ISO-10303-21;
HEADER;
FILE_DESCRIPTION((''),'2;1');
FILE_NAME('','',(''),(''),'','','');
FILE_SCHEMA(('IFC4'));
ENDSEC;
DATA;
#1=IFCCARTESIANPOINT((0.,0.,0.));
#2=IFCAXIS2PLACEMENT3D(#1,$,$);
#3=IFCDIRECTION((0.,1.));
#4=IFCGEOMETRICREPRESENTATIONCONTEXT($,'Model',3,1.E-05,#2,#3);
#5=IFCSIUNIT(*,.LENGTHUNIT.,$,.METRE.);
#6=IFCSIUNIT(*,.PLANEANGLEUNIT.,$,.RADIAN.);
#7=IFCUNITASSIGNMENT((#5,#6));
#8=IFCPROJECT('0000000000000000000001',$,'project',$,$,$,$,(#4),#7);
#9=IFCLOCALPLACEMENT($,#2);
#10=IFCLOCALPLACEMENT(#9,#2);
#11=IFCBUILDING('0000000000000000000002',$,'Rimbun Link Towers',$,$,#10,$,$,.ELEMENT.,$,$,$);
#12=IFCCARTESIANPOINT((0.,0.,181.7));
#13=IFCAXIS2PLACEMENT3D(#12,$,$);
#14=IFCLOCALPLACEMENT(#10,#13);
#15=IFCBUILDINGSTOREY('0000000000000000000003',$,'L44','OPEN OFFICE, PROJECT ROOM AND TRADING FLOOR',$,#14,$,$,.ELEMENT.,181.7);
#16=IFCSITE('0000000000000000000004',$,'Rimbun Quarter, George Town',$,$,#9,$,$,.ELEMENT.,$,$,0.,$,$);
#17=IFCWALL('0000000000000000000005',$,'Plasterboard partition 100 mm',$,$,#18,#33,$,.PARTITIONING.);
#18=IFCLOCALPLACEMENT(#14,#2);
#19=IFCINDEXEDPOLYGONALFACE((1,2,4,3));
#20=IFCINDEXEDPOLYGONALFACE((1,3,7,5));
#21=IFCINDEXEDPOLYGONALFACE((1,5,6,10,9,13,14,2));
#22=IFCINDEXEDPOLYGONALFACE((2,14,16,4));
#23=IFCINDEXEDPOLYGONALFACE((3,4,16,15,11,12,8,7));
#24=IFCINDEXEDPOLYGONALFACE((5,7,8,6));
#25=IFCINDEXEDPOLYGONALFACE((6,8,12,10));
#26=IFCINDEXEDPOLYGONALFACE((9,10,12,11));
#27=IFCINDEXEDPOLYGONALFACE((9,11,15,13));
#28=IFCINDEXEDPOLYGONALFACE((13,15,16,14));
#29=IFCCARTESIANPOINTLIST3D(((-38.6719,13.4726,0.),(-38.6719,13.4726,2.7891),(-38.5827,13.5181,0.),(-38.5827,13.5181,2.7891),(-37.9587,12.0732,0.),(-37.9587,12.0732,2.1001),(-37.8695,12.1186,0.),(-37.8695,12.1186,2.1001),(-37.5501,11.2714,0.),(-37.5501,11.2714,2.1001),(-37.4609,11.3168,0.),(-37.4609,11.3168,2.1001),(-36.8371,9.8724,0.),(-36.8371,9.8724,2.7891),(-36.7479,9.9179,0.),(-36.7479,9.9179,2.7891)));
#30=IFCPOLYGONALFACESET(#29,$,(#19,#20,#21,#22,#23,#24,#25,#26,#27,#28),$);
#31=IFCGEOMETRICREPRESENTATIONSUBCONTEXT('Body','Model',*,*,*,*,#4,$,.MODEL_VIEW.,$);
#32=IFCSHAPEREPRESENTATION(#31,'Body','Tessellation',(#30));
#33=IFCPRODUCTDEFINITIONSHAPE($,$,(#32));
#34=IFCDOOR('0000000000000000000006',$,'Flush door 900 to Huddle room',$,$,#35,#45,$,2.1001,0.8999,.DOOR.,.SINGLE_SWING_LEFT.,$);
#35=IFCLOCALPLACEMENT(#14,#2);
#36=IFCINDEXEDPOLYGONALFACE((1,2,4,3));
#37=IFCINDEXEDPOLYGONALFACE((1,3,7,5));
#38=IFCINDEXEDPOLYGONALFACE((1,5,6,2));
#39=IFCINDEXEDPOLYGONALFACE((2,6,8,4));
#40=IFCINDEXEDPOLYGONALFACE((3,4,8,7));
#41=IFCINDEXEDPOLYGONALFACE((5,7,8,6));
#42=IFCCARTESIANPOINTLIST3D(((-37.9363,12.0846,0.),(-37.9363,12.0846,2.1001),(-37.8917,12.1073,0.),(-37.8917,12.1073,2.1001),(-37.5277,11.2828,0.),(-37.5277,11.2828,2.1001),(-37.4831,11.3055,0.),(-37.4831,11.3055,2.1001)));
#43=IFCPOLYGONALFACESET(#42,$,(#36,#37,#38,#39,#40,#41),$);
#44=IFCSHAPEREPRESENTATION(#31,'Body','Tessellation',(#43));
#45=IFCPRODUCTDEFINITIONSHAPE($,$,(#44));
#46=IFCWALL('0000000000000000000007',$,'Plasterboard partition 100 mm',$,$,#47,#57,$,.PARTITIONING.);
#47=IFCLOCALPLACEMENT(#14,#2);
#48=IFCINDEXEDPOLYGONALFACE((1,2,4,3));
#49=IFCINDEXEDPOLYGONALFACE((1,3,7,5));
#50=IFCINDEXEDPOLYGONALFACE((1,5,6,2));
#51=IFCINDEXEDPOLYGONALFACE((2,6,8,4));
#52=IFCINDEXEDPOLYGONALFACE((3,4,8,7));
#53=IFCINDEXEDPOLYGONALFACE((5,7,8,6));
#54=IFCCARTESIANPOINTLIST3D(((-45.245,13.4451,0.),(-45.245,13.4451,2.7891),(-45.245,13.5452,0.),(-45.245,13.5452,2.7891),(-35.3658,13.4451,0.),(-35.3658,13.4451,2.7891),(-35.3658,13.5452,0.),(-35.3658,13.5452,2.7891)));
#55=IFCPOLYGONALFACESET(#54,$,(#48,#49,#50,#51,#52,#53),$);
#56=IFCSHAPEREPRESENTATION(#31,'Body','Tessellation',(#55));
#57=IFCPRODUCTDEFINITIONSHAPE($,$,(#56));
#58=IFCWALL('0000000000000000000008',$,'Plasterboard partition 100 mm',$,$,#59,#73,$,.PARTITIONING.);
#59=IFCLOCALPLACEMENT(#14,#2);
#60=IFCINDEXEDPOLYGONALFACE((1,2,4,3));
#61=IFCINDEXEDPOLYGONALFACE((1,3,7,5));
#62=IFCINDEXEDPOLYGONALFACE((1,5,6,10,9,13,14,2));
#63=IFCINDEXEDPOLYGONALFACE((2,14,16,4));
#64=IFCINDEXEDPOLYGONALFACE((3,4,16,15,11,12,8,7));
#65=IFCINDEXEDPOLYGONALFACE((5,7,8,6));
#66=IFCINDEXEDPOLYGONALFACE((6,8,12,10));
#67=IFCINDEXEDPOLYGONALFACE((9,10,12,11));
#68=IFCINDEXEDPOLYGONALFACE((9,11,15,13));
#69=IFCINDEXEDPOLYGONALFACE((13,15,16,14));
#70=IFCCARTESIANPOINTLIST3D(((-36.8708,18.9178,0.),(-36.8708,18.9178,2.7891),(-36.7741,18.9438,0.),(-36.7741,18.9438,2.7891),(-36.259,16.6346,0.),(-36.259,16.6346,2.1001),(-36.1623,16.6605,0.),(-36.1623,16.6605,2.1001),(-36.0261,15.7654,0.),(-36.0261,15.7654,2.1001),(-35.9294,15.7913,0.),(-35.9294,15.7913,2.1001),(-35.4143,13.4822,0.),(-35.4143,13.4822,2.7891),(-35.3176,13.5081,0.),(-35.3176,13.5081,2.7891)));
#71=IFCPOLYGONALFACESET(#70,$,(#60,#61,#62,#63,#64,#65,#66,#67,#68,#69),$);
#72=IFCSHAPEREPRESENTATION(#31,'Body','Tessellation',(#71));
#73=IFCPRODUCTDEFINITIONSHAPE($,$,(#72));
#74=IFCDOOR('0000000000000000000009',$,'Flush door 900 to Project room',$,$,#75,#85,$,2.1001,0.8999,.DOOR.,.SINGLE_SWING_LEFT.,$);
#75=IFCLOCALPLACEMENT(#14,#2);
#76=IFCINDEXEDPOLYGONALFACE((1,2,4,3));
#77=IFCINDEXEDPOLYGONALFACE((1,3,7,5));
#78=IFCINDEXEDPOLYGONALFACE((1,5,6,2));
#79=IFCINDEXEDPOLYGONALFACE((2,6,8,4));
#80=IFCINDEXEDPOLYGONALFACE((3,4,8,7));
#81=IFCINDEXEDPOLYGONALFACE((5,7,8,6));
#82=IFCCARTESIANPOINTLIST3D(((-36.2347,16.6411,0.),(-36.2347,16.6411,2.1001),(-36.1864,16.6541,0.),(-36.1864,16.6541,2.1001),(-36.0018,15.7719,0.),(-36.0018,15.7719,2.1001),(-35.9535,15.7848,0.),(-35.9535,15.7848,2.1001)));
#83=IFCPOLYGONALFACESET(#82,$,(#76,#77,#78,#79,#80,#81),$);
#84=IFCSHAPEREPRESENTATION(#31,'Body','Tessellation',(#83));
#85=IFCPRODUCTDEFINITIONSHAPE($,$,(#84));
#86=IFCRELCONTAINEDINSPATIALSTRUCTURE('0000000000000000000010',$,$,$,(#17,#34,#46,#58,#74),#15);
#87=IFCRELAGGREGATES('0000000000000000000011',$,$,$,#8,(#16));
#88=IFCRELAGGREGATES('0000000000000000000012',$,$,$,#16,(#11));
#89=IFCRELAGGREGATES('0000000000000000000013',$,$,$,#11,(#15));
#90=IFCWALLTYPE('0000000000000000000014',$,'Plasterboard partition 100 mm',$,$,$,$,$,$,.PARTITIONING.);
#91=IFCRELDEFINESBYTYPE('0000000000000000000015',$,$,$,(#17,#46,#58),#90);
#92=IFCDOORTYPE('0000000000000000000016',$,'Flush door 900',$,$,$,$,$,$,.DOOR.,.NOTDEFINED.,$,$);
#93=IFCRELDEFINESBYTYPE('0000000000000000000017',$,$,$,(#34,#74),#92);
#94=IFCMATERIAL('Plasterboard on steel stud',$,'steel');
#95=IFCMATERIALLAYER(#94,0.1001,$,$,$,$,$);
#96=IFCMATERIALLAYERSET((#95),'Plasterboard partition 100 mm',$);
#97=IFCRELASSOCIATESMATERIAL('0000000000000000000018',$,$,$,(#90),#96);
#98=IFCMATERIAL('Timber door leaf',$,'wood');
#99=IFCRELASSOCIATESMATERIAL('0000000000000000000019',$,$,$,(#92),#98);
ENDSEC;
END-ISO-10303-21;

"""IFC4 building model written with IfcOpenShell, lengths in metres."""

from ifc_helpers import new_model, si_unit, direction, frame, frame_2d, origin, place, context, subcontext, project, spatial, rectangle, extrude, material, layer, layer_set, type_object, element, fill, save


model = new_model("IFC4")

# Units and contexts
model_context = context("Model", 3, precision=1e-05, world=origin(), true_north=direction((0.0, 1.0)))
body_context = subcontext(model_context, "Body", "Model", "MODEL_VIEW")
ifc_project = project(units=[si_unit("LENGTHUNIT", "METRE"), si_unit("PLANEANGLEUNIT", "RADIAN")], contexts=[model_context])

# Site, building, storey
site_placement = place(None, origin())
site = spatial("IfcSite", under=ifc_project, at=site_placement, Name="Rimbun Quarter, George Town", CompositionType="ELEMENT", RefElevation=0.0)
building_placement = place(site_placement, origin())
building = spatial("IfcBuilding", under=site, at=building_placement, Name="Rimbun Link Towers", CompositionType="ELEMENT")
storey_placement = place(building_placement, frame((0.0, 0.0, 181.7)))
storey = spatial("IfcBuildingStorey", under=building, at=storey_placement, Name="L44", Description="OPEN OFFICE, PROJECT ROOM AND TRADING FLOOR", CompositionType="ELEMENT", Elevation=181.7)

# Wall, opening, door
ifc_material_1 = material(Name="Plasterboard on steel stud", Category="steel")
ifc_layer_1 = layer(ifc_material_1, 0.1001)
ifc_layer_set_1 = layer_set([ifc_layer_1], Name="Plasterboard partition 100 mm")
wall_type = type_object("IfcWallType", Name="Plasterboard partition 100 mm", PredefinedType="PARTITIONING", material=ifc_layer_set_1)
ifc_material_2 = material(Name="Timber door leaf", Category="wood")
door_type_1 = type_object("IfcDoorType", Name="Flush door 900", OperationType="NOTDEFINED", PredefinedType="DOOR", material=ifc_material_2)
wall_1_placement = place(storey_placement, frame((-36.7925, 9.895, 0.0), z_axis=(0.0, 0.0, 1.0), x_axis=(-0.454064, 0.890969, 0.0)))
wall_1 = element("IfcWall", 1, at=wall_1_placement, inside=storey, type_object=wall_type, Name="Plasterboard partition 100 mm", PredefinedType="PARTITIONING", context=body_context, shape_type="SweptSolid", body=[
    extrude(rectangle(XDim=4.0408, YDim=0.1001, at=frame_2d((2.0205, 0.0))), origin(), (0.0, 0.0, 1.0), 2.7891),
])
opening_1_placement = place(wall_1_placement, frame((1.5703, 0.0, 0.0)))
opening_1 = element("IfcOpeningElement", 2, at=opening_1_placement, cuts=wall_1, PredefinedType="OPENING", context=body_context, shape_type="SweptSolid", body=[
    extrude(rectangle(XDim=0.8999, YDim=2.1001, at=frame_2d((0.45, 1.05))), frame((0.0, 0.0601, 0.0), z_axis=(0.0, -1.0, 0.0), x_axis=(1.0, 0.0, 0.0)), (0.0, 0.0, 1.0), 0.1201),
])
door_1_placement = place(opening_1_placement, origin())
door_1 = element("IfcDoor", 3, at=door_1_placement, inside=storey, type_object=door_type_1, Name="Flush door 900 to Huddle room", OperationType="SINGLE_SWING_LEFT", OverallHeight=2.1001, OverallWidth=0.8999, PredefinedType="DOOR", context=body_context, shape_type="SweptSolid", body=[
    extrude(rectangle(XDim=0.8999, YDim=2.1001, at=frame_2d((0.45, 1.05))), frame((0.0, 0.0249, 0.0), z_axis=(0.0, -1.0, 0.0), x_axis=(1.0, 0.0, 0.0)), (0.0, 0.0, 1.0), 0.05),
])
fill(opening_1, door_1)

# Wall
wall_2_placement = place(storey_placement, frame((-35.366, 13.4951, 0.0), z_axis=(0.0, 0.0, 1.0), x_axis=(-1.0, 0.0, 0.0)))
element("IfcWall", 4, at=wall_2_placement, inside=storey, type_object=wall_type, Name="Plasterboard partition 100 mm", PredefinedType="PARTITIONING", context=body_context, shape_type="SweptSolid", body=[
    extrude(rectangle(XDim=9.8792, YDim=0.1001, at=frame_2d((4.9395, 0.0))), origin(), (0.0, 0.0, 1.0), 2.7891),
])

# Wall, opening, door
wall_3_placement = place(storey_placement, frame((-35.366, 13.4951, 0.0), z_axis=(0.0, 0.0, 1.0), x_axis=(-0.258824, 0.965925, 0.0)))
wall_3 = element("IfcWall", 5, at=wall_3_placement, inside=storey, type_object=wall_type, Name="Plasterboard partition 100 mm", PredefinedType="PARTITIONING", context=body_context, shape_type="SweptSolid", body=[
    extrude(rectangle(XDim=5.6274, YDim=0.1001, at=frame_2d((2.8137, 0.0))), origin(), (0.0, 0.0, 1.0), 2.7891),
])
opening_2_placement = place(wall_3_placement, frame((2.3638, 0.0, 0.0)))
opening_2 = element("IfcOpeningElement", 6, at=opening_2_placement, cuts=wall_3, PredefinedType="OPENING", context=body_context, shape_type="SweptSolid", body=[
    extrude(rectangle(XDim=0.8999, YDim=2.1001, at=frame_2d((0.45, 1.05))), frame((0.0, 0.0601, 0.0), z_axis=(0.0, -1.0, 0.0), x_axis=(1.0, 0.0, 0.0)), (0.0, 0.0, 1.0), 0.1201),
])
door_2_placement = place(opening_2_placement, origin())
door_2 = element("IfcDoor", 7, at=door_2_placement, inside=storey, type_object=door_type_1, Name="Flush door 900 to Project room", OperationType="SINGLE_SWING_LEFT", OverallHeight=2.1001, OverallWidth=0.8999, PredefinedType="DOOR", context=body_context, shape_type="SweptSolid", body=[
    extrude(rectangle(XDim=0.8999, YDim=2.1001, at=frame_2d((0.45, 1.05))), frame((0.0, 0.0249, 0.0), z_axis=(0.0, -1.0, 0.0), x_axis=(1.0, 0.0, 0.0)), (0.0, 0.0, 1.0), 0.05),
])
fill(opening_2, door_2)

save(model, "model.ifc")
